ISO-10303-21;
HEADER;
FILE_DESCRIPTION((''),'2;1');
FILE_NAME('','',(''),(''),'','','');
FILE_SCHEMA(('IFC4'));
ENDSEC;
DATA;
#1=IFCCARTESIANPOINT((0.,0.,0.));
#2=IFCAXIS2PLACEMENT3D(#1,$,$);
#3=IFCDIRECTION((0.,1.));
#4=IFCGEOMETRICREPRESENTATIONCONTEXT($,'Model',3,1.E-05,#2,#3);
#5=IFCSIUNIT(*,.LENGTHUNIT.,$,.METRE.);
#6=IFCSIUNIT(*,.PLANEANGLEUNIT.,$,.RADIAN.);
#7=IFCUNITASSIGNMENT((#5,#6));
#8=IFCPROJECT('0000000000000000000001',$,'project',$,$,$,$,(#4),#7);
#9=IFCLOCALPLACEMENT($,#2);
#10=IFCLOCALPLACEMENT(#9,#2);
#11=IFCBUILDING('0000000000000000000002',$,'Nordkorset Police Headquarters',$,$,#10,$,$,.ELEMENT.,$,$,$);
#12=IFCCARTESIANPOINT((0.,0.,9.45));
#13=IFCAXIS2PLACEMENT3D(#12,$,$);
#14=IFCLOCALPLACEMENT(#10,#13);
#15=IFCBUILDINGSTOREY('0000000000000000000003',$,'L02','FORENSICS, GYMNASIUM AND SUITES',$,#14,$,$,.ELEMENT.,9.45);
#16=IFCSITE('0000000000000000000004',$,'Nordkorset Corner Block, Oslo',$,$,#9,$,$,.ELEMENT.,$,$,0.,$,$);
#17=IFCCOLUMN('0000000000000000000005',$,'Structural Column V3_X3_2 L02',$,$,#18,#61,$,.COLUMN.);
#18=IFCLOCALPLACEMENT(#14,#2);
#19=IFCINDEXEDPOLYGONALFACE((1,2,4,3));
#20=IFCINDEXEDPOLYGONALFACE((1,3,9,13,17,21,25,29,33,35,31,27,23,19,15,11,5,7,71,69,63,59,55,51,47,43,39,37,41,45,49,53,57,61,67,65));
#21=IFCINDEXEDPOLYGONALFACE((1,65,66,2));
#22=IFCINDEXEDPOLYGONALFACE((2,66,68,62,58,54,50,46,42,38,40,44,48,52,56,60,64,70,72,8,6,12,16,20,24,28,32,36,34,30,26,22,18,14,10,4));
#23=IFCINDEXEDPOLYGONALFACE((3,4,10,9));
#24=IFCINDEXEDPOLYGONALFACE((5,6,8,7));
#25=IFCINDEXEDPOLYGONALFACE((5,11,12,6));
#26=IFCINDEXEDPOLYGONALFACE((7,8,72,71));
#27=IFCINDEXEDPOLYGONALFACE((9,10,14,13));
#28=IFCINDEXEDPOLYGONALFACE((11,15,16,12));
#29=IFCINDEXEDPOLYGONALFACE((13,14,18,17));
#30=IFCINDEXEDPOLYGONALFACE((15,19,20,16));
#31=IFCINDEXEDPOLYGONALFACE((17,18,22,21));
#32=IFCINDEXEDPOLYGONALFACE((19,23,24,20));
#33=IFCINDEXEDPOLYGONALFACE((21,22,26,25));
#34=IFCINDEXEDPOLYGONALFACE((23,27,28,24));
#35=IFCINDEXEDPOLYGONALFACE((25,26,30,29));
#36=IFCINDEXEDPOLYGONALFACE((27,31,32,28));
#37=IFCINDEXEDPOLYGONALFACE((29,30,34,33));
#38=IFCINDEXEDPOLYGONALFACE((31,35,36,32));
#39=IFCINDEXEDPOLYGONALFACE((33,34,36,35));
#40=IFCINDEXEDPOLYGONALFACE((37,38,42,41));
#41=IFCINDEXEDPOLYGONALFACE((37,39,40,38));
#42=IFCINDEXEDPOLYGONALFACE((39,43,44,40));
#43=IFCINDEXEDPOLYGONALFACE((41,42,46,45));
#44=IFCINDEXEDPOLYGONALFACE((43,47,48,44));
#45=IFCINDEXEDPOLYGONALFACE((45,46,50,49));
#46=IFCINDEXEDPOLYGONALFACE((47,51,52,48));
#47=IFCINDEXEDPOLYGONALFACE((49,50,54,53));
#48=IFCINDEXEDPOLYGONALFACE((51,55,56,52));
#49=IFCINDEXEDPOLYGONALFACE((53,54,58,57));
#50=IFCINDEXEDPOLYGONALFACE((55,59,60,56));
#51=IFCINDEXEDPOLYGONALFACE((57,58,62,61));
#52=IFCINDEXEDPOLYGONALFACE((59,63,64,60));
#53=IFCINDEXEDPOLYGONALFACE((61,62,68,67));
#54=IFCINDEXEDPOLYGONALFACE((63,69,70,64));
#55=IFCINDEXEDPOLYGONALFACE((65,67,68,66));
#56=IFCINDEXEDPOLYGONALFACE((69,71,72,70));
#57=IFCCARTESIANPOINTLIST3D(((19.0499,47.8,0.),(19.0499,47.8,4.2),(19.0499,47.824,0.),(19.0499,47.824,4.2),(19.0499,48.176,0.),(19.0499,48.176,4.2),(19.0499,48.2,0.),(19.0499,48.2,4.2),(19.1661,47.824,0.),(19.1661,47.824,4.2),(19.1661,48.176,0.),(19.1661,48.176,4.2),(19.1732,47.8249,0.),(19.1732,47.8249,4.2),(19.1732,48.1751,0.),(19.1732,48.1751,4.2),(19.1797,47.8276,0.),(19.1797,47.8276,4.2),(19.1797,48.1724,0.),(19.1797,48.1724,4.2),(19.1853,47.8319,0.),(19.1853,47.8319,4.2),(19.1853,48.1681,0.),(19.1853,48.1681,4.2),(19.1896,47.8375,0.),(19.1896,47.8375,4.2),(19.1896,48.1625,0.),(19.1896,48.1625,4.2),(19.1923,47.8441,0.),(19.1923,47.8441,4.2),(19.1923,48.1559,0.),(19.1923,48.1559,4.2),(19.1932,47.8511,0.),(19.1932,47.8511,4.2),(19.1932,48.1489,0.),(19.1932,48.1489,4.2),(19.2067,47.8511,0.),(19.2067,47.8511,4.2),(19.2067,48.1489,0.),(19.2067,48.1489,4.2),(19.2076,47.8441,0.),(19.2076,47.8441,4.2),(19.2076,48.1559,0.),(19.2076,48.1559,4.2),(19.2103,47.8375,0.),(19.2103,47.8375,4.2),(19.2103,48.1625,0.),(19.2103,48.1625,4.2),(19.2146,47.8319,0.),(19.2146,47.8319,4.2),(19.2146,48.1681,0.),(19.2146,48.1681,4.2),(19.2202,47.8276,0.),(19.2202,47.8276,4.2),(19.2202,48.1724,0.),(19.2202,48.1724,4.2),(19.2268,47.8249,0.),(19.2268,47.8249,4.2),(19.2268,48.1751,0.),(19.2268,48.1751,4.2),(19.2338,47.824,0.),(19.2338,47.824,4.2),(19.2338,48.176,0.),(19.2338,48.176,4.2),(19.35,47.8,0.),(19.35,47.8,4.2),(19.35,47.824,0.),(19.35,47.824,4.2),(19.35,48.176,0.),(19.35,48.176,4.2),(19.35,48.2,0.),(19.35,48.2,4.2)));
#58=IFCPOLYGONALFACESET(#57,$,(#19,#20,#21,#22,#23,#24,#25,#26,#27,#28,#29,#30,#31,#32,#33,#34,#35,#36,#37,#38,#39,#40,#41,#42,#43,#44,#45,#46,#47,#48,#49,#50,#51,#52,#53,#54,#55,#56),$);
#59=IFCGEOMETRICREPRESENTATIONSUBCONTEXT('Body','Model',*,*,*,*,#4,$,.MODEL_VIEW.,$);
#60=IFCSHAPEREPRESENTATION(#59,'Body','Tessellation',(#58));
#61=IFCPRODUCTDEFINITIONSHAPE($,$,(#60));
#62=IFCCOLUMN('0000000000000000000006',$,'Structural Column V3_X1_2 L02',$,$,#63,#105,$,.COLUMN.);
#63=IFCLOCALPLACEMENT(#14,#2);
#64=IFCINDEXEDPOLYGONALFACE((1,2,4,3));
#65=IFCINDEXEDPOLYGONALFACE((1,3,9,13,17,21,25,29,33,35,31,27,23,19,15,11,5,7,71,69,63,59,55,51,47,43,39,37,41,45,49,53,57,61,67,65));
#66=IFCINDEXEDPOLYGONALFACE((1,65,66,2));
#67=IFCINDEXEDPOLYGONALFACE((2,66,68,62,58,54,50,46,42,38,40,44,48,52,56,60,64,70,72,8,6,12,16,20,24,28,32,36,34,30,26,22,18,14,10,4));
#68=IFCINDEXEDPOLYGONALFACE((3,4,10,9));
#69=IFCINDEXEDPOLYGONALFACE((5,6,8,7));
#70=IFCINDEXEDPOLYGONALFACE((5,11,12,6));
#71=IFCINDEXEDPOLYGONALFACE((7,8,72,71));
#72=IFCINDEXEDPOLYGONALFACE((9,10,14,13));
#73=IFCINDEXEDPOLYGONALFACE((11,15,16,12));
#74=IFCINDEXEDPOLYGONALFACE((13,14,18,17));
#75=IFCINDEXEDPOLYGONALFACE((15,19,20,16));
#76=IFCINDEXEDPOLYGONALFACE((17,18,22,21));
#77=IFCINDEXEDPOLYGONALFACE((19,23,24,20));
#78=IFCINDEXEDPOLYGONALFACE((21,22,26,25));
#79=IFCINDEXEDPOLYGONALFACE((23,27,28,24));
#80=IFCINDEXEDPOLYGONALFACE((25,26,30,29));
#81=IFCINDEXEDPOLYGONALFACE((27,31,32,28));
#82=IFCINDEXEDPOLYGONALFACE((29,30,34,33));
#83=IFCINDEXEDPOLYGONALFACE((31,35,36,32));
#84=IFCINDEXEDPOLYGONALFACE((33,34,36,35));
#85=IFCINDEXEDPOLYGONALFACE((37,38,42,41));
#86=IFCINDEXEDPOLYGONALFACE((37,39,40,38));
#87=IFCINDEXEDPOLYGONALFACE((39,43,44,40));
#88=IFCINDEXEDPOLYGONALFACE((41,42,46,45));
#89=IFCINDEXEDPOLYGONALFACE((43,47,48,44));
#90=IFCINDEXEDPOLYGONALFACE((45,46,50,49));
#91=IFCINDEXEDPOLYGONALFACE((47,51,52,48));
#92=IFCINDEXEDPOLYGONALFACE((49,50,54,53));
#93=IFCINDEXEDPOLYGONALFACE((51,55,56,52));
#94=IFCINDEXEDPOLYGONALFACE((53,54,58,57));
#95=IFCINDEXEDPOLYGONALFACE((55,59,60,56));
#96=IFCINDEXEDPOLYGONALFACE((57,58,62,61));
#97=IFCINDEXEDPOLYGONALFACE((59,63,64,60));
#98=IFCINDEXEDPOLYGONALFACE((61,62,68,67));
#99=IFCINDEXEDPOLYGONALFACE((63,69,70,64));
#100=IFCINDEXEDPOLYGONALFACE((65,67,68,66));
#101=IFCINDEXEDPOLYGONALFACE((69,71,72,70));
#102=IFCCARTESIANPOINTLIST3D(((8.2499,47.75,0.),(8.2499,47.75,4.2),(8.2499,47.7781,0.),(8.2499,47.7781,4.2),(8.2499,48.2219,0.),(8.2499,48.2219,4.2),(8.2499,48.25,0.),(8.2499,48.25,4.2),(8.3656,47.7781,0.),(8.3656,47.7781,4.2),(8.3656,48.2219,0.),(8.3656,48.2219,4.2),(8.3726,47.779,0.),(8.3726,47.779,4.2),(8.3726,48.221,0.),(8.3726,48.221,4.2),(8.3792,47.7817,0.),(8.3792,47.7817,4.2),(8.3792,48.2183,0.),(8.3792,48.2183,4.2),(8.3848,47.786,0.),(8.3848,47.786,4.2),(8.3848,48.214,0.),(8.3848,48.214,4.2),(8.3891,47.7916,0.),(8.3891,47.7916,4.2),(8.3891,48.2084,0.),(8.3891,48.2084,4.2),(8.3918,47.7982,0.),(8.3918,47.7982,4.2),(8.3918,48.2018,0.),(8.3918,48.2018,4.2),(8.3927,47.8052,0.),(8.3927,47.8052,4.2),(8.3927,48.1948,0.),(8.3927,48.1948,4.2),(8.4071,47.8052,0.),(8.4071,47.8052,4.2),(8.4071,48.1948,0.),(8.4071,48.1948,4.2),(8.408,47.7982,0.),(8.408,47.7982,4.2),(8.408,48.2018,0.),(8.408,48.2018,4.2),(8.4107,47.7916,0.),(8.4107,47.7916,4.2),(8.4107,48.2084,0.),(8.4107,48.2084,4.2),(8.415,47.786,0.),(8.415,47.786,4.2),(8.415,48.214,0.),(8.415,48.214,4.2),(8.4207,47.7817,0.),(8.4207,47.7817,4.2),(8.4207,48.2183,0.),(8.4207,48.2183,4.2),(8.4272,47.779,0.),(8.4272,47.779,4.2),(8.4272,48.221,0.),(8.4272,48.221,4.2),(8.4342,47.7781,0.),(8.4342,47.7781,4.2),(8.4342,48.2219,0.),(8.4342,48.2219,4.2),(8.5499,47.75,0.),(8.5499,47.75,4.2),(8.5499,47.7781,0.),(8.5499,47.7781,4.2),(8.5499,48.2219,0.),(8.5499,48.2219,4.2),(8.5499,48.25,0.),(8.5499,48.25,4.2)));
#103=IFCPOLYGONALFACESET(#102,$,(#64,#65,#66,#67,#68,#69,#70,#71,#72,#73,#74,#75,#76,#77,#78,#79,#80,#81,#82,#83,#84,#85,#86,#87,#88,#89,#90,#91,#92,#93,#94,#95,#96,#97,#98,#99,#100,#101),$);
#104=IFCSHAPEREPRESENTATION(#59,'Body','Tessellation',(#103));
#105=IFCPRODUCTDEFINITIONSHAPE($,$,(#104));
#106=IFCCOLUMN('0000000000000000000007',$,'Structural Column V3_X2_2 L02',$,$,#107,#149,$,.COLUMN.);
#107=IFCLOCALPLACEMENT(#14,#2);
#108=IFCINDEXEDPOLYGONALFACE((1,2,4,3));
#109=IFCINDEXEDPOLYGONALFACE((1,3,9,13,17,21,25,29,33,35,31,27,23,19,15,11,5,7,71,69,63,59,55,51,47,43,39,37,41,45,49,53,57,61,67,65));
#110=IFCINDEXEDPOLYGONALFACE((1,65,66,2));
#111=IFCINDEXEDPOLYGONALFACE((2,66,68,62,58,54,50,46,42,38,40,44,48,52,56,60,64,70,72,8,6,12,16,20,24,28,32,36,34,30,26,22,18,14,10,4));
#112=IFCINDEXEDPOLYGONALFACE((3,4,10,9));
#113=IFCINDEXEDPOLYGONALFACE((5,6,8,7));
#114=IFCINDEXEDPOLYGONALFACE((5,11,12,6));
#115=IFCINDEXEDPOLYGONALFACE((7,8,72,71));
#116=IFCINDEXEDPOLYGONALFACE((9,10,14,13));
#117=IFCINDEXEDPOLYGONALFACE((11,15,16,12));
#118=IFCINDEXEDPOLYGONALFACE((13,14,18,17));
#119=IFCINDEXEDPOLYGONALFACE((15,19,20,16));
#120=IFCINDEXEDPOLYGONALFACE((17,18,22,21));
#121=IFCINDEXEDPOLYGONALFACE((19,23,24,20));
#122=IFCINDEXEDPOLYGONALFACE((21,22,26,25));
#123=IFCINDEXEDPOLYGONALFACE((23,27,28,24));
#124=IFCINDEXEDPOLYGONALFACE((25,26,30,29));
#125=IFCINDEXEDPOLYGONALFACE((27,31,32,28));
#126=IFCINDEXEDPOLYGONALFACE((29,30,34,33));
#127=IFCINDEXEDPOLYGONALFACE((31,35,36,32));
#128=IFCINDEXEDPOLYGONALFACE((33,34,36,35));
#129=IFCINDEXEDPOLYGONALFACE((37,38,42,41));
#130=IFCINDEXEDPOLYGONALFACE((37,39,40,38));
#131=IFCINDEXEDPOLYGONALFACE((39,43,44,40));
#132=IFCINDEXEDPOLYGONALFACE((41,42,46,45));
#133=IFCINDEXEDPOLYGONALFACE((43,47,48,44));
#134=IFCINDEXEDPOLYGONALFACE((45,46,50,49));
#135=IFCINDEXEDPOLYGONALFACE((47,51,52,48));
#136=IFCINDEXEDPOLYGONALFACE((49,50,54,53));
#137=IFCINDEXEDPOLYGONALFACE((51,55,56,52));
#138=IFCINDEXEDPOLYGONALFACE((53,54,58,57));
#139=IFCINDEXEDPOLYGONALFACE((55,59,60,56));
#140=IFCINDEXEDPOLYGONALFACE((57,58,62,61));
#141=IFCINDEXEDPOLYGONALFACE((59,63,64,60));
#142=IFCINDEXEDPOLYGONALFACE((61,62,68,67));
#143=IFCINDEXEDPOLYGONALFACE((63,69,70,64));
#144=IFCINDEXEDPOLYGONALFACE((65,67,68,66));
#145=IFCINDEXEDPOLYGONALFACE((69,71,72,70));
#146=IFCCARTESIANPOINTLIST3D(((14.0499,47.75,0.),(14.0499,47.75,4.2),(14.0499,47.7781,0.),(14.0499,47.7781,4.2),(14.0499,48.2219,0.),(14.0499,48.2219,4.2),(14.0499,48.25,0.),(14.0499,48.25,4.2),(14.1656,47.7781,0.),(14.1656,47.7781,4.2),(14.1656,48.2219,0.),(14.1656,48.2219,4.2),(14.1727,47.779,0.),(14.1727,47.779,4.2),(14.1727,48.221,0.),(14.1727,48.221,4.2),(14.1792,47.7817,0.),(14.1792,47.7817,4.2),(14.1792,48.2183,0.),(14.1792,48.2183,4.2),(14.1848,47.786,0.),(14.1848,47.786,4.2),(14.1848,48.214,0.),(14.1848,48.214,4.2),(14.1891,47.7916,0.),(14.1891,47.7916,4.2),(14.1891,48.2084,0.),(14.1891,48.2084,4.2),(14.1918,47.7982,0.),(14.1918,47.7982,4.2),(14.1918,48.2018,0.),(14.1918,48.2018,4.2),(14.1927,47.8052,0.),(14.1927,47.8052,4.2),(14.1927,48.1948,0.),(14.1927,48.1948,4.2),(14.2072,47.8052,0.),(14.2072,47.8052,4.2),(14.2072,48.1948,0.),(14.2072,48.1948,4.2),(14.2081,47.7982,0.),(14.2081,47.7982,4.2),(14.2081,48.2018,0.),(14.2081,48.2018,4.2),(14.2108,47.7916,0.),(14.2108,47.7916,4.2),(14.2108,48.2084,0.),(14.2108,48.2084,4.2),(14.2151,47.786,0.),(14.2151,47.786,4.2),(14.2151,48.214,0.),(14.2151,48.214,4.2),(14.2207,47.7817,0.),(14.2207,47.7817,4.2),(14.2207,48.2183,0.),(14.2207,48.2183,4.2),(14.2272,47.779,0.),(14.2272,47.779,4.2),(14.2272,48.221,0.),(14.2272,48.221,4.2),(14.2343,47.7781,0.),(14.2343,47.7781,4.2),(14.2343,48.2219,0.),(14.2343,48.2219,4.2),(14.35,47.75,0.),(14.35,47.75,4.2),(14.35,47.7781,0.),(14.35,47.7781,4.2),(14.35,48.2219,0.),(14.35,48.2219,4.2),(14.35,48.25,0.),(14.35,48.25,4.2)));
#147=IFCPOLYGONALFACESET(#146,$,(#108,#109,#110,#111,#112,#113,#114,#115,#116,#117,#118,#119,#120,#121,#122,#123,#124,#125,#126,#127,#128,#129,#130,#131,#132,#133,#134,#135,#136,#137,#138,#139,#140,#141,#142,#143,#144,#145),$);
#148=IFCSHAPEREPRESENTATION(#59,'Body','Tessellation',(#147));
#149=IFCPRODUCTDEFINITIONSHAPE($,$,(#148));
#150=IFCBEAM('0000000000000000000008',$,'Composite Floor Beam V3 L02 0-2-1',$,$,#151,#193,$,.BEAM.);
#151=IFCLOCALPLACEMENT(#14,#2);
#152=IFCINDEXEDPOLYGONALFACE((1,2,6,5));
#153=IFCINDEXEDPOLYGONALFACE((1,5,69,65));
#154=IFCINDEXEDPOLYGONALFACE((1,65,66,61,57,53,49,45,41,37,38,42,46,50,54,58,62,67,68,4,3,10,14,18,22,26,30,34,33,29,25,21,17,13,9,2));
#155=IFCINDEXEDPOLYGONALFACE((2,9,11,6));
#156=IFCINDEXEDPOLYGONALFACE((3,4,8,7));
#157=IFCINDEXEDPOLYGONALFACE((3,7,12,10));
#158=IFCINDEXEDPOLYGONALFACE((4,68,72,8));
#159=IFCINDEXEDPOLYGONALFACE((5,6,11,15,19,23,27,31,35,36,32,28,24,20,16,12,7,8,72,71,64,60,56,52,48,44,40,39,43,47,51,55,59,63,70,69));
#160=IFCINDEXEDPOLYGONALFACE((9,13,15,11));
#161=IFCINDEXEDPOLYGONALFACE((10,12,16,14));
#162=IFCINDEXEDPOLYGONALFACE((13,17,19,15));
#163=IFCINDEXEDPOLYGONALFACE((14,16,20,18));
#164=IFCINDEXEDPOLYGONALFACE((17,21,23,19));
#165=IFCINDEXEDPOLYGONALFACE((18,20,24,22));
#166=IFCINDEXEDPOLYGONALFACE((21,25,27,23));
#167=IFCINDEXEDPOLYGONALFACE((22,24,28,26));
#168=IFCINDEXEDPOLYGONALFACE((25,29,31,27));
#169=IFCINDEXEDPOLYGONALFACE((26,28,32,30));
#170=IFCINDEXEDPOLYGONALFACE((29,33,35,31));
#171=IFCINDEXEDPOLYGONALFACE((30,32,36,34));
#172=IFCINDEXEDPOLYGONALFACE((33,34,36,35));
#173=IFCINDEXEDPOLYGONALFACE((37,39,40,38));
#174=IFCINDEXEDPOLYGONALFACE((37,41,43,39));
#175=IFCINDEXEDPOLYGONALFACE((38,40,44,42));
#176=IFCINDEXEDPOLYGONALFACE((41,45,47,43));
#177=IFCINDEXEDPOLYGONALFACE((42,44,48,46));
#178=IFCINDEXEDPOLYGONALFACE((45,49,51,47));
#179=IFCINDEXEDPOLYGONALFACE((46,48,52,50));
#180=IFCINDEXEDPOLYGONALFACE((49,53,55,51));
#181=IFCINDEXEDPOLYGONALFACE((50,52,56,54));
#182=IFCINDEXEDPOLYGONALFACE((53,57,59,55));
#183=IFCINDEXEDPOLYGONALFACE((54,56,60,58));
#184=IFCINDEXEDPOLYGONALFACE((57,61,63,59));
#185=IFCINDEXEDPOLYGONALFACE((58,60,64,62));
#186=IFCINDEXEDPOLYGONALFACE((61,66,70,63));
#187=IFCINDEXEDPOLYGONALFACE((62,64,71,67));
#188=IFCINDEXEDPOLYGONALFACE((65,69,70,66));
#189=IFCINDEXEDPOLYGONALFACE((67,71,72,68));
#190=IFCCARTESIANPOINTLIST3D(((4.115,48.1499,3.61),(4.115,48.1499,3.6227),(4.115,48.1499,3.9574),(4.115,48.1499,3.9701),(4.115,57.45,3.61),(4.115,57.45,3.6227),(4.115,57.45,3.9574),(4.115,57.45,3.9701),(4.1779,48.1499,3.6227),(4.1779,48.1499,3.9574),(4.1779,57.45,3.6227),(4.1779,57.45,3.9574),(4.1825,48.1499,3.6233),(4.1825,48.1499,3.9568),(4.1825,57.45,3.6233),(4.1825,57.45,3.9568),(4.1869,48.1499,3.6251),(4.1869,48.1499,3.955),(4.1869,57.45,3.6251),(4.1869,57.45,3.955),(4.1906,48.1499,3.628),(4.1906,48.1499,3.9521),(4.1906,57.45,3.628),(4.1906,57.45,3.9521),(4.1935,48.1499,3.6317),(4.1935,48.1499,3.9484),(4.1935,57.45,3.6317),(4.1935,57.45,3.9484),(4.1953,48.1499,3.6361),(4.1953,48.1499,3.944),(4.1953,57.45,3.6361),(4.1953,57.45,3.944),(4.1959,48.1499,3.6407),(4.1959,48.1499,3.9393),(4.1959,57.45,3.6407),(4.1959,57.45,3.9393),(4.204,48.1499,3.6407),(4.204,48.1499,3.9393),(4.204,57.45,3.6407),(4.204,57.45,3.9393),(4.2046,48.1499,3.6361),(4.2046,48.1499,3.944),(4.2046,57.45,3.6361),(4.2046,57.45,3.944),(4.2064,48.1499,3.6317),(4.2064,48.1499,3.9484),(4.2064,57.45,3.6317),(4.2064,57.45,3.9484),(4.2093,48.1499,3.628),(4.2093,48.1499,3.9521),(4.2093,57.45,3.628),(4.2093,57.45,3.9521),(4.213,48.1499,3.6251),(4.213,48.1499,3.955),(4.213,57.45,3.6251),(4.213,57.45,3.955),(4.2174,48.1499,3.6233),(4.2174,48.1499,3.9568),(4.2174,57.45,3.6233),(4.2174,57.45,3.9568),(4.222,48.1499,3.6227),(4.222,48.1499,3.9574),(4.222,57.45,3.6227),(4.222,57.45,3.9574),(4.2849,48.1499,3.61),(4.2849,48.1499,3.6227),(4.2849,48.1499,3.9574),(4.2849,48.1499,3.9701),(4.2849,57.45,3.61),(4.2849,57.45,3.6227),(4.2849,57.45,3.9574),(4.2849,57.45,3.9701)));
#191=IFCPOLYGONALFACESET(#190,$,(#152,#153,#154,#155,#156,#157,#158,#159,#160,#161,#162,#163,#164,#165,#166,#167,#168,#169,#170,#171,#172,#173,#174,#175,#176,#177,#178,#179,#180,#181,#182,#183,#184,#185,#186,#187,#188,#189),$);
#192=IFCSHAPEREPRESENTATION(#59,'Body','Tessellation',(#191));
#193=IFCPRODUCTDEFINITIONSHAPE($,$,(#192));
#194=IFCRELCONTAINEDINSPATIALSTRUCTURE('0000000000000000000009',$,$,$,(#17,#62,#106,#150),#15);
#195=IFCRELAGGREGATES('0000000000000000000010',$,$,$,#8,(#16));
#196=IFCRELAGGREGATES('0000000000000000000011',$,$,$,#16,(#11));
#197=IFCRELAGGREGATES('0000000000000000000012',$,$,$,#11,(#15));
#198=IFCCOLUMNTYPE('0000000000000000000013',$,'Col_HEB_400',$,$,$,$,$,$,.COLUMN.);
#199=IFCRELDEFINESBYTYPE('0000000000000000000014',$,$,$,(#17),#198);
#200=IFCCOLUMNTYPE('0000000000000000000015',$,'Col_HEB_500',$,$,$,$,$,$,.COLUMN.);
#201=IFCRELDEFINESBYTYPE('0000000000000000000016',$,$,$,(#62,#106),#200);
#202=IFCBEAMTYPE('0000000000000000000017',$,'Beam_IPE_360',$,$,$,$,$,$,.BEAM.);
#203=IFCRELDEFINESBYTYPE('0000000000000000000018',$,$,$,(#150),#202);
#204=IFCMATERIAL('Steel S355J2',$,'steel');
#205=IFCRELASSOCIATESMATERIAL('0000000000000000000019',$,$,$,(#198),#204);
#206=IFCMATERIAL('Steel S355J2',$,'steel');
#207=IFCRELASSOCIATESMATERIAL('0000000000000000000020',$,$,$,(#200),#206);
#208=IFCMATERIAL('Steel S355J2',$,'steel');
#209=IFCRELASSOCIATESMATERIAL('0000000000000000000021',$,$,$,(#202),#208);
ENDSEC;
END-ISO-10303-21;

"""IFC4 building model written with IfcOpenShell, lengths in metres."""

from ifc_helpers import new_model, si_unit, direction, frame, origin, origin_2d, place, context, subcontext, project, spatial, i_section, extrude, material, material_profile, profile_set, type_object, element, save


model = new_model("IFC4")

# Units and contexts
model_context = context("Model", 3, precision=1e-05, world=origin(), true_north=direction((0.0, 1.0)))
body_context = subcontext(model_context, "Body", "Model", "MODEL_VIEW")
ifc_project = project(units=[si_unit("LENGTHUNIT", "METRE"), si_unit("PLANEANGLEUNIT", "RADIAN")], contexts=[model_context])

# Site, building, storey
site_placement = place(None, origin())
site = spatial("IfcSite", under=ifc_project, at=site_placement, Name="Nordkorset Corner Block, Oslo", CompositionType="ELEMENT", RefElevation=0.0)
building_placement = place(site_placement, origin())
building = spatial("IfcBuilding", under=site, at=building_placement, Name="Nordkorset Police Headquarters", CompositionType="ELEMENT")
storey_placement = place(building_placement, frame((0.0, 0.0, 9.45)))
storey = spatial("IfcBuildingStorey", under=building, at=storey_placement, Name="L02", Description="FORENSICS, GYMNASIUM AND SUITES", CompositionType="ELEMENT", Elevation=9.45)

# Columns
ifc_material_1 = material(Name="Steel S355J2", Category="steel")
ifc_material_profile_1 = material_profile(ifc_material_1, i_section(OverallWidth=0.3, OverallDepth=0.3999, WebThickness=0.0134, FlangeThickness=0.0239, FilletRadius=0.0271, at=origin_2d()), Name="HEB 400")
ifc_profile_set_1 = profile_set([ifc_material_profile_1], Name="Steel S355J2")
column_type_1 = type_object("IfcColumnType", Name="Col_HEB_400", PredefinedType="COLUMN", material=ifc_profile_set_1)
column_placement = place(storey_placement, frame((19.2, 48.0, 0.0), z_axis=(0.0, 0.0, 1.0), x_axis=(1.0, 0.0, 0.0)))
element("IfcColumn", 1, at=column_placement, inside=storey, type_object=column_type_1, Name="Structural Column V3_X3_2 L02", PredefinedType="COLUMN", context=body_context, shape_type="SweptSolid", body=[
    extrude(i_section(OverallWidth=0.3, OverallDepth=0.3999, WebThickness=0.0134, FlangeThickness=0.0239, FilletRadius=0.0271, at=origin_2d()), origin(), (0.0, 0.0, 1.0), 4.2),
])
ifc_material_2 = material(Name="Steel S355J2", Category="steel")
ifc_material_profile_2 = material_profile(ifc_material_2, i_section(OverallWidth=0.3, OverallDepth=0.5, WebThickness=0.0144, FlangeThickness=0.0281, FilletRadius=0.0271, at=origin_2d()), Name="HEB 500")
ifc_profile_set_2 = profile_set([ifc_material_profile_2], Name="Steel S355J2")
column_type_2 = type_object("IfcColumnType", Name="Col_HEB_500", PredefinedType="COLUMN", material=ifc_profile_set_2)
for number, where, z_axis, x_axis, name in (
    (2, (8.3999, 48.0, 0.0), (0.0, 0.0, 1.0), (1.0, 0.0, 0.0), "Structural Column V3_X1_2 L02"),
    (3, (14.2, 48.0, 0.0), (0.0, 0.0, 1.0), (1.0, 0.0, 0.0), "Structural Column V3_X2_2 L02"),
):
    element("IfcColumn", number, at=place(storey_placement, frame(where, z_axis=z_axis, x_axis=x_axis)), inside=storey, type_object=column_type_2, Name=name, PredefinedType="COLUMN", context=body_context, shape_type="SweptSolid", body=[
        extrude(i_section(OverallWidth=0.3, OverallDepth=0.5, WebThickness=0.0144, FlangeThickness=0.0281, FilletRadius=0.0271, at=origin_2d()), origin(), (0.0, 0.0, 1.0), 4.2),
    ])

# Beam
ifc_material_3 = material(Name="Steel S355J2", Category="steel")
ifc_material_profile_3 = material_profile(ifc_material_3, i_section(OverallWidth=0.1699, OverallDepth=0.3601, WebThickness=0.0081, FlangeThickness=0.0127, FilletRadius=0.0181, at=origin_2d()), Name="IPE 360")
ifc_profile_set_3 = profile_set([ifc_material_profile_3], Name="Steel S355J2")
beam_type_1 = type_object("IfcBeamType", Name="Beam_IPE_360", PredefinedType="BEAM", material=ifc_profile_set_3)
for number, where, z_axis, x_axis, name in (
    (4, (4.2, 48.1499, 3.79), (0.0, 1.0, 0.0), (-1.0, 0.0, 0.0), "Composite Floor Beam V3 L02 0-2-1"),
):
    element("IfcBeam", number, at=place(storey_placement, frame(where, z_axis=z_axis, x_axis=x_axis)), inside=storey, type_object=beam_type_1, Name=name, PredefinedType="BEAM", context=body_context, shape_type="SweptSolid", body=[
        extrude(i_section(OverallWidth=0.1699, OverallDepth=0.3601, WebThickness=0.0081, FlangeThickness=0.0127, FilletRadius=0.0181, at=origin_2d()), origin(), (0.0, 0.0, 1.0), 9.3),
    ])

save(model, "model.ifc")
